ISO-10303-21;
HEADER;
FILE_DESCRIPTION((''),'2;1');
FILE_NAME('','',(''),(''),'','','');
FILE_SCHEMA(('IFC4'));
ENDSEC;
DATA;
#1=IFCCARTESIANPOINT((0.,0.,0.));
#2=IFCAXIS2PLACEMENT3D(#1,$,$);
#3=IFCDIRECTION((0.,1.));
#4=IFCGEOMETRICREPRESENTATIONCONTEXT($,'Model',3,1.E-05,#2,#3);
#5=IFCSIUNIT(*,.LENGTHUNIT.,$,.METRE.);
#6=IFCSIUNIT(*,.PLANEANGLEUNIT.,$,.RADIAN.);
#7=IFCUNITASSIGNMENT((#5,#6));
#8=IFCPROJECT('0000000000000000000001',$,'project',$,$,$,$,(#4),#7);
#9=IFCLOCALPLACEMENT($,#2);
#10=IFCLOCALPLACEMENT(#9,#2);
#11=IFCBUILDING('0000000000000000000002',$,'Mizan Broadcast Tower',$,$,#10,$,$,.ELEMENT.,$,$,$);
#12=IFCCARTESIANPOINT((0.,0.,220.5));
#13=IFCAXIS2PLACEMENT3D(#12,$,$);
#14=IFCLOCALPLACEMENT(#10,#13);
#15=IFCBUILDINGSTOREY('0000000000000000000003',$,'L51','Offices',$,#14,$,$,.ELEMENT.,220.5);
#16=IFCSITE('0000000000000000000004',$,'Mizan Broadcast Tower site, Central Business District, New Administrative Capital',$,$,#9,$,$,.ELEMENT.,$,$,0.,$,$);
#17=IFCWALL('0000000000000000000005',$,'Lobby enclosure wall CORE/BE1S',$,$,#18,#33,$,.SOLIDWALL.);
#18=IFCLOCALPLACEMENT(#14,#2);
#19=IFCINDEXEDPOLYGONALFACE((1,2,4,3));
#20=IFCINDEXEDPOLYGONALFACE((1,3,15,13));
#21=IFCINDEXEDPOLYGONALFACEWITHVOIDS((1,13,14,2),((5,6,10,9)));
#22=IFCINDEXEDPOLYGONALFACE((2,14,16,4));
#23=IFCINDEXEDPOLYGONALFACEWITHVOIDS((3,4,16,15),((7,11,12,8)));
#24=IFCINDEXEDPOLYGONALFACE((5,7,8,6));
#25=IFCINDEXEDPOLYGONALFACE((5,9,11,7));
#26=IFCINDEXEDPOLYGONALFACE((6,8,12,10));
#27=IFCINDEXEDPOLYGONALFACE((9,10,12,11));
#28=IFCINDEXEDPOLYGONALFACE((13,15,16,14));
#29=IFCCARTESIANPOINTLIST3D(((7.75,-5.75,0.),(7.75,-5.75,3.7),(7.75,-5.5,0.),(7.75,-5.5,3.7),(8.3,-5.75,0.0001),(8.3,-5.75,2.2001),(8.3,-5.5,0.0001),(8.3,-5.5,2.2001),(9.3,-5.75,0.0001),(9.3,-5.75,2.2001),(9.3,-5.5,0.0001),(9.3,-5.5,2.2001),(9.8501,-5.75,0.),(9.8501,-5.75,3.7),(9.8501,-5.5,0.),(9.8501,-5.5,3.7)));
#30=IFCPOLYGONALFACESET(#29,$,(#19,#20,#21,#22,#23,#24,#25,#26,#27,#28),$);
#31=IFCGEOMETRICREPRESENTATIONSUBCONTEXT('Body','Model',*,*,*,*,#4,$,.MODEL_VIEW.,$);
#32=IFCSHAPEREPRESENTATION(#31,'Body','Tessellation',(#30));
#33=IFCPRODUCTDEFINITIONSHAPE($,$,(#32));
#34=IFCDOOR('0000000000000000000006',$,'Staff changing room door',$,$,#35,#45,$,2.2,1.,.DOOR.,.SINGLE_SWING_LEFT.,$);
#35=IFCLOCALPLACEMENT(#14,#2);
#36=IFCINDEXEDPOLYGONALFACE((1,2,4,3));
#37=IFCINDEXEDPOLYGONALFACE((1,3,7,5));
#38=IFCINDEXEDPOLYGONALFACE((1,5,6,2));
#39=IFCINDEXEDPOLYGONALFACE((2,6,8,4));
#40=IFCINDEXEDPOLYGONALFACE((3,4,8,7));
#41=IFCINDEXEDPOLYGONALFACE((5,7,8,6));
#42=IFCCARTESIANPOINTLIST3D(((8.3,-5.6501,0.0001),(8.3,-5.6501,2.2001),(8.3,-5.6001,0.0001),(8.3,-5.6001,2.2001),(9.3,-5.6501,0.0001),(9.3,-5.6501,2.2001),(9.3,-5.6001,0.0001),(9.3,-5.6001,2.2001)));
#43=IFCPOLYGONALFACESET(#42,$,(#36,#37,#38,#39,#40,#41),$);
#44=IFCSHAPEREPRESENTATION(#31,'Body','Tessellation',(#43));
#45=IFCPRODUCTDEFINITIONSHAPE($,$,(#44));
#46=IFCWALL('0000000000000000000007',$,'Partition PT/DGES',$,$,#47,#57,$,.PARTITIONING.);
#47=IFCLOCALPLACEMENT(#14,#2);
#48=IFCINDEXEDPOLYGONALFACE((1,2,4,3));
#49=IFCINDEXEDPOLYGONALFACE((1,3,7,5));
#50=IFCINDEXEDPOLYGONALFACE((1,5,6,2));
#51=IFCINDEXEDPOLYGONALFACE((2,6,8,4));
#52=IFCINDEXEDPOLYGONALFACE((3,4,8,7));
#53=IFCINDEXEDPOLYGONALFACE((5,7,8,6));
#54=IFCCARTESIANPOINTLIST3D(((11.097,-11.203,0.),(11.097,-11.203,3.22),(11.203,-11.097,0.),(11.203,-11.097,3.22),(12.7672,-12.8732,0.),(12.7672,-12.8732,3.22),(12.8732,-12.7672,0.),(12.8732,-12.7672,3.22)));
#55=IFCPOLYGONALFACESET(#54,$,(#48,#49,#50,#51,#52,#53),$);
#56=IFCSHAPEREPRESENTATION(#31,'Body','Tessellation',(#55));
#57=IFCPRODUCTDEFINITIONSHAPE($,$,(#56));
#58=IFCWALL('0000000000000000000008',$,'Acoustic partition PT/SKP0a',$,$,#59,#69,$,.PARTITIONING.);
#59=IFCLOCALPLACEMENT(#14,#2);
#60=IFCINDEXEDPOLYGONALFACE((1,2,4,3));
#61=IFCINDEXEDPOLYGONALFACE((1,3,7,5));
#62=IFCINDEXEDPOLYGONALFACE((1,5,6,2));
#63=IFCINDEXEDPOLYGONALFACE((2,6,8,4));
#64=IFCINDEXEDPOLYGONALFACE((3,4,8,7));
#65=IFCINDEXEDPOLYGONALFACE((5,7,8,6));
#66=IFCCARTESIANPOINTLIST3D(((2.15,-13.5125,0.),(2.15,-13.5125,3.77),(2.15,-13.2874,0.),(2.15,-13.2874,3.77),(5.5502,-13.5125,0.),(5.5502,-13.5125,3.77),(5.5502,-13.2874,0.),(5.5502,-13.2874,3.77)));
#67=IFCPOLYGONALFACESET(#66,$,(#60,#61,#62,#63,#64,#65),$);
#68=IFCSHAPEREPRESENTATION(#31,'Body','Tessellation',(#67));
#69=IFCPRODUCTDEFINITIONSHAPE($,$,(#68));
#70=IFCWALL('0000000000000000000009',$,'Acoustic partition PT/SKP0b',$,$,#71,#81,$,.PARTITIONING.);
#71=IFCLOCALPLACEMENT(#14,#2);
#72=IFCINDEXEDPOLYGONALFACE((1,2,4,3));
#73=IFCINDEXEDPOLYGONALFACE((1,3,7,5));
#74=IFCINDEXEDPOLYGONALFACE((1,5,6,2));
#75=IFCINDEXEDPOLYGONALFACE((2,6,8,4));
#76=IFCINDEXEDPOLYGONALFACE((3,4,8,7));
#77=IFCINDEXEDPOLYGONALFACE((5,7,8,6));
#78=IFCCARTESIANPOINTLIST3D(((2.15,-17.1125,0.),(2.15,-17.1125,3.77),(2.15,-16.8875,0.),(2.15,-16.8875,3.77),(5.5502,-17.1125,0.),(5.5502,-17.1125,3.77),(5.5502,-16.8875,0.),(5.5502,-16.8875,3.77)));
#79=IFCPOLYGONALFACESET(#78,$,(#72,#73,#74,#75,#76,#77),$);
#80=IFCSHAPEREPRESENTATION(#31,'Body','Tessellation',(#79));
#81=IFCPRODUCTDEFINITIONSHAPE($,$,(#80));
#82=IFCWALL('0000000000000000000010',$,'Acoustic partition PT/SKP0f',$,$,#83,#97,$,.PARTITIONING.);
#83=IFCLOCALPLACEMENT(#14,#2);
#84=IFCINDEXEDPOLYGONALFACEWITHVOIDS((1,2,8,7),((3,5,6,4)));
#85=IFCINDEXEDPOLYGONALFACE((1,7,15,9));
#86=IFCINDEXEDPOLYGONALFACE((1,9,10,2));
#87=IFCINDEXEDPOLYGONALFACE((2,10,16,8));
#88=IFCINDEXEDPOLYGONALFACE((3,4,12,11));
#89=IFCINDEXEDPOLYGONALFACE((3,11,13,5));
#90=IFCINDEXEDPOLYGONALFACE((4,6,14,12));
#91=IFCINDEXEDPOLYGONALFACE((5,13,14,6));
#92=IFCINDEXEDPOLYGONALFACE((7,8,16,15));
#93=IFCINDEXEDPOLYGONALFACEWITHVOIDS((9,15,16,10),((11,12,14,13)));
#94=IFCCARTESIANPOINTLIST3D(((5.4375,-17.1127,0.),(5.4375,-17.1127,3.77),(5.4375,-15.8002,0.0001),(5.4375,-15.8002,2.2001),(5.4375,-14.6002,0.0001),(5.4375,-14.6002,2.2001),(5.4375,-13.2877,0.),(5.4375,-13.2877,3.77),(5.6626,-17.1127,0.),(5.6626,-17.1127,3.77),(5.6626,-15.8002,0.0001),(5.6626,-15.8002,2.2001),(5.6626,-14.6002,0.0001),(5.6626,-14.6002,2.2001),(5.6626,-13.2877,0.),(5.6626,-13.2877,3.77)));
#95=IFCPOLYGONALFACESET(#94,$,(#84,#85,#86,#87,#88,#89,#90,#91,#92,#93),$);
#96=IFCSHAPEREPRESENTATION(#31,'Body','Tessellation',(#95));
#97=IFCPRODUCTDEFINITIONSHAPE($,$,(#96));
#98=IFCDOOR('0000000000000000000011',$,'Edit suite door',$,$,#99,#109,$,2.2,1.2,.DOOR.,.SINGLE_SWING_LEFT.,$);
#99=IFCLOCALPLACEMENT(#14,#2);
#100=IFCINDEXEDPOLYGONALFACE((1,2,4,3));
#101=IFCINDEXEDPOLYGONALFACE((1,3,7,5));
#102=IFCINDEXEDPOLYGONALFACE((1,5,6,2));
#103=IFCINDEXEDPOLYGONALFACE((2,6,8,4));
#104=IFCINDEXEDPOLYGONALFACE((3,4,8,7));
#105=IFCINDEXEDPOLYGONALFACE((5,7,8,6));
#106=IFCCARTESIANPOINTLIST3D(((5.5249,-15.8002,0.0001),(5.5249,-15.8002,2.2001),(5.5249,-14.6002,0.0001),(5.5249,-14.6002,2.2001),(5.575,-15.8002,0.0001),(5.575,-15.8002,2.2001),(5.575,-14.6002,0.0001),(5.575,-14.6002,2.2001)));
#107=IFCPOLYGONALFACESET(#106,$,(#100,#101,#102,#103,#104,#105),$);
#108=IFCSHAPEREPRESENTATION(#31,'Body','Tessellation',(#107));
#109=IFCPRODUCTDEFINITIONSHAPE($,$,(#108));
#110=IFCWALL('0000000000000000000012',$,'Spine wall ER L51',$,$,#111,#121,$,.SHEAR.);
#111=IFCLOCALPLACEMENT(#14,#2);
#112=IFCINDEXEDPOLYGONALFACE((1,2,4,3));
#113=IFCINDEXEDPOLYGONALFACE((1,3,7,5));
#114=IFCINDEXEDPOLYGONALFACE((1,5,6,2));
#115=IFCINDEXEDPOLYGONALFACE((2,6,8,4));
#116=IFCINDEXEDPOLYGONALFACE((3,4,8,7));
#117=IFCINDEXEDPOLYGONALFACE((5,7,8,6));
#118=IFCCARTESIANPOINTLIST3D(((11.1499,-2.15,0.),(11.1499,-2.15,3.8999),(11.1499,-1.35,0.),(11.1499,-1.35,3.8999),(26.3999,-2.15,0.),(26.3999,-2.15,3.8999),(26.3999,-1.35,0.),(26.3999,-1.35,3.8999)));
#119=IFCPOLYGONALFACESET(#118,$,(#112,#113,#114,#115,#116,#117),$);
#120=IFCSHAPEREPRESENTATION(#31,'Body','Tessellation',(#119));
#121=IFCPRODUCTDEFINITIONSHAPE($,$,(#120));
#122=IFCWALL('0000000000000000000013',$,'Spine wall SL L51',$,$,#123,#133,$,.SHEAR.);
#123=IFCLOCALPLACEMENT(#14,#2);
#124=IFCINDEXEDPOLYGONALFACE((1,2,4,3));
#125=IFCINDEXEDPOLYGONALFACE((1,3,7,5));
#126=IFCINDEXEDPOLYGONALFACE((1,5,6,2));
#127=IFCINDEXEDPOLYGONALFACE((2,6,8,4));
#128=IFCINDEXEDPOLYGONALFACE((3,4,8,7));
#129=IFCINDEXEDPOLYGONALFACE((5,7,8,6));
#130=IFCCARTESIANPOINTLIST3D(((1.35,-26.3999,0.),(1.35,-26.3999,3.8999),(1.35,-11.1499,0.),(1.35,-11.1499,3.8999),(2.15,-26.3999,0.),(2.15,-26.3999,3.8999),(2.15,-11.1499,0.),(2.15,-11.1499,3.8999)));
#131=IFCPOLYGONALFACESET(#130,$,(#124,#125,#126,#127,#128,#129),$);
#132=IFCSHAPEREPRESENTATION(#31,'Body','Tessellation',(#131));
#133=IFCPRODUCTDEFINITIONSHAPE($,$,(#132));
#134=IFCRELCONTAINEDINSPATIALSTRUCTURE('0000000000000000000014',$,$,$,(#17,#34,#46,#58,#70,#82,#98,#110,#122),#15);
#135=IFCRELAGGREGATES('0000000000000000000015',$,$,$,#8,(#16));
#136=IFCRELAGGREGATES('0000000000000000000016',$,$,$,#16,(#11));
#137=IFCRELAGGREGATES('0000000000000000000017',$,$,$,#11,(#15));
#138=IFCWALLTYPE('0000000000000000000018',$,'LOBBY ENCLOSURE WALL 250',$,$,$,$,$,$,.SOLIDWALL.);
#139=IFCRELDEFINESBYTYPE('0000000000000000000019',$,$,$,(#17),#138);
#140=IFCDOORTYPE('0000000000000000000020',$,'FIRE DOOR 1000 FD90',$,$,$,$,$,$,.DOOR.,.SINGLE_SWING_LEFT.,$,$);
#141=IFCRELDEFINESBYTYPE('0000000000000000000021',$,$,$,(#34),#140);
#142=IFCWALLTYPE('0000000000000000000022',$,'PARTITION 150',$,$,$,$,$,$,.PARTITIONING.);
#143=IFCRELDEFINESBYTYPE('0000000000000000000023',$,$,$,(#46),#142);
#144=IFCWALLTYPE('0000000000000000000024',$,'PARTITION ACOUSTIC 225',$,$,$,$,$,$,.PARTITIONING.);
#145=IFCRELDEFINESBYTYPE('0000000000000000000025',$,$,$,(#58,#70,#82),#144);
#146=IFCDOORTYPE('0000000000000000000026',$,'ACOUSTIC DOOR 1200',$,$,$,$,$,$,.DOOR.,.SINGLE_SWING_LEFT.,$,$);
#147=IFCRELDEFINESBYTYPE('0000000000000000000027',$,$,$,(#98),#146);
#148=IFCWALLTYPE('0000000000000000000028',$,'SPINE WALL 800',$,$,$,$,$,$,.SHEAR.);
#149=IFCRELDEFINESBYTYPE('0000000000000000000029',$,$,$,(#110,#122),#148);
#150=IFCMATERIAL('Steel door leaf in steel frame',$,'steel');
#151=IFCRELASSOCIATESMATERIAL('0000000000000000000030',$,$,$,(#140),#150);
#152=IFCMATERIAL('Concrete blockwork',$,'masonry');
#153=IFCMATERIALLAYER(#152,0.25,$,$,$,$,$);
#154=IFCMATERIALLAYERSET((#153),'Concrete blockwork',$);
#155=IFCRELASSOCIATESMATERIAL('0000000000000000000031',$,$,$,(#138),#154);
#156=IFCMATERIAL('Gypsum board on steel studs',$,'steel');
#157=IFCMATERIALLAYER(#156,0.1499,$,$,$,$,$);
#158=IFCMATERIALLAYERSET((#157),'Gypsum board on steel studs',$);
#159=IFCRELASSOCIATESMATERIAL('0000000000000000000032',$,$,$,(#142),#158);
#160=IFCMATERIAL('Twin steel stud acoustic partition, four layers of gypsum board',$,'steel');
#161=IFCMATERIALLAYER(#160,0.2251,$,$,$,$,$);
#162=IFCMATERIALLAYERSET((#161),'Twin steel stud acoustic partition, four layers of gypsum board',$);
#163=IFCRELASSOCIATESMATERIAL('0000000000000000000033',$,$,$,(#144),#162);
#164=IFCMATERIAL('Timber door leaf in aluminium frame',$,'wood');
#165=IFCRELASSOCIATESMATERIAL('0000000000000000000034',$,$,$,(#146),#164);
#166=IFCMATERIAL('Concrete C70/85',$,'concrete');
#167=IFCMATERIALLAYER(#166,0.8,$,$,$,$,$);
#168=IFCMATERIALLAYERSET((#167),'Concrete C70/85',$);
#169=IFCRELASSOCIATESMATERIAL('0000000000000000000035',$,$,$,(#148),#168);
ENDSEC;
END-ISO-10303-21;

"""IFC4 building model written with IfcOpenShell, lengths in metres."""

from ifc_helpers import new_model, si_unit, direction, frame, frame_2d, origin, place, context, subcontext, project, spatial, rectangle, extrude, material, layer, layer_set, type_object, element, fill, save


model = new_model("IFC4")

# Units and contexts
model_context = context("Model", 3, precision=1e-05, world=origin(), true_north=direction((0.0, 1.0)))
body_context = subcontext(model_context, "Body", "Model", "MODEL_VIEW")
ifc_project = project(units=[si_unit("LENGTHUNIT", "METRE"), si_unit("PLANEANGLEUNIT", "RADIAN")], contexts=[model_context])

# Site, building, storey
site_placement = place(None, origin())
site = spatial("IfcSite", under=ifc_project, at=site_placement, Name="Mizan Broadcast Tower site, Central Business District, New Administrative Capital", CompositionType="ELEMENT", RefElevation=0.0)
building_placement = place(site_placement, origin())
building = spatial("IfcBuilding", under=site, at=building_placement, Name="Mizan Broadcast Tower", CompositionType="ELEMENT")
storey_placement = place(building_placement, frame((0.0, 0.0, 220.5)))
storey = spatial("IfcBuildingStorey", under=building, at=storey_placement, Name="L51", Description="Offices", CompositionType="ELEMENT", Elevation=220.5)

# Shared definitions
ifc_material_1 = material(Name="Steel door leaf in steel frame", Category="steel")
door_type_1 = type_object("IfcDoorType", Name="FIRE DOOR 1000 FD90", OperationType="SINGLE_SWING_LEFT", PredefinedType="DOOR", material=ifc_material_1)

# Shared definitions
ifc_material_2 = material(Name="Concrete blockwork", Category="masonry")
ifc_layer_1 = layer(ifc_material_2, 0.25)
ifc_layer_set_1 = layer_set([ifc_layer_1], Name="Concrete blockwork")
wall_type_1 = type_object("IfcWallType", Name="LOBBY ENCLOSURE WALL 250", PredefinedType="SOLIDWALL", material=ifc_layer_set_1)

# Wall, opening, door
wall_1_placement = place(storey_placement, frame((7.75, -5.625, 0.0), z_axis=(0.0, 0.0, 1.0), x_axis=(1.0, 0.0, 0.0)))
wall_1 = element("IfcWall", 1, at=wall_1_placement, inside=storey, type_object=wall_type_1, Name="Lobby enclosure wall CORE/BE1S", PredefinedType="SOLIDWALL", context=body_context, shape_type="SweptSolid", body=[
    extrude(rectangle(XDim=2.1001, YDim=0.25, at=frame_2d((1.05, 0.0))), origin(), (0.0, 0.0, 1.0), 3.7),
])
opening_1_placement = place(wall_1_placement, frame((0.55, 0.0, 0.0)))
opening_1 = element("IfcOpeningElement", 2, at=opening_1_placement, cuts=wall_1, PredefinedType="OPENING", context=body_context, shape_type="SweptSolid", body=[
    extrude(rectangle(XDim=1.0, YDim=2.2, at=frame_2d((0.5, 1.1001))), frame((0.0, 0.135, 0.0), z_axis=(0.0, -1.0, 0.0), x_axis=(1.0, 0.0, 0.0)), (0.0, 0.0, 1.0), 0.27),
])
door_1_placement = place(opening_1_placement, origin())
door_1 = element("IfcDoor", 3, at=door_1_placement, inside=storey, type_object=door_type_1, Name="Staff changing room door", OperationType="SINGLE_SWING_LEFT", OverallHeight=2.2, OverallWidth=1.0, PredefinedType="DOOR", context=body_context, shape_type="SweptSolid", body=[
    extrude(rectangle(XDim=1.0, YDim=2.2, at=frame_2d((0.5, 1.1001))), frame((0.0, 0.0249, 0.0), z_axis=(0.0, -1.0, 0.0), x_axis=(1.0, 0.0, 0.0)), (0.0, 0.0, 1.0), 0.05),
])
fill(opening_1, door_1)

# Walls
ifc_material_3 = material(Name="Gypsum board on steel studs", Category="steel")
ifc_layer_2 = layer(ifc_material_3, 0.1499)
ifc_layer_set_2 = layer_set([ifc_layer_2], Name="Gypsum board on steel studs")
wall_type_2 = type_object("IfcWallType", Name="PARTITION 150", PredefinedType="PARTITIONING", material=ifc_layer_set_2)
wall_2_placement = place(storey_placement, frame((11.1499, -11.1499, 0.0), z_axis=(0.0, 0.0, 1.0), x_axis=(0.707107, -0.707107, 0.0)))
element("IfcWall", 4, at=wall_2_placement, inside=storey, type_object=wall_type_2, Name="Partition PT/DGES", PredefinedType="PARTITIONING", context=body_context, shape_type="SweptSolid", body=[
    extrude(rectangle(XDim=2.3621, YDim=0.1499, at=frame_2d((1.1812, 0.0))), origin(), (0.0, 0.0, 1.0), 3.22),
])
ifc_material_4 = material(Name="Twin steel stud acoustic partition, four layers of gypsum board", Category="steel")
ifc_layer_3 = layer(ifc_material_4, 0.2251)
ifc_layer_set_3 = layer_set([ifc_layer_3], Name="Twin steel stud acoustic partition, four layers of gypsum board")
wall_type_3 = type_object("IfcWallType", Name="PARTITION ACOUSTIC 225", PredefinedType="PARTITIONING", material=ifc_layer_set_3)
for number, where, z_axis, x_axis, name in (
    (5, (2.1499, -13.3999, 0.0), (0.0, 0.0, 1.0), (1.0, 0.0, 0.0), "Acoustic partition PT/SKP0a"),
    (6, (2.1499, -17.0, 0.0), (0.0, 0.0, 1.0), (1.0, 0.0, 0.0), "Acoustic partition PT/SKP0b"),
):
    element("IfcWall", number, at=place(storey_placement, frame(where, z_axis=z_axis, x_axis=x_axis)), inside=storey, type_object=wall_type_3, Name=name, PredefinedType="PARTITIONING", context=body_context, shape_type="SweptSolid", body=[
        extrude(rectangle(XDim=3.4001, YDim=0.2251, at=frame_2d((1.7002, 0.0))), origin(), (0.0, 0.0, 1.0), 3.77),
    ])

# Wall, opening, door
wall_3_placement = place(storey_placement, frame((5.55, -13.2876, 0.0), z_axis=(0.0, 0.0, 1.0), x_axis=(0.0, -1.0, 0.0)))
wall_3 = element("IfcWall", 7, at=wall_3_placement, inside=storey, type_object=wall_type_3, Name="Acoustic partition PT/SKP0f", PredefinedType="PARTITIONING", context=body_context, shape_type="SweptSolid", body=[
    extrude(rectangle(XDim=3.825, YDim=0.2251, at=frame_2d((1.9126, 0.0))), origin(), (0.0, 0.0, 1.0), 3.77),
])
opening_2_placement = place(wall_3_placement, frame((1.3125, 0.0, 0.0)))
opening_2 = element("IfcOpeningElement", 8, at=opening_2_placement, cuts=wall_3, PredefinedType="OPENING", context=body_context, shape_type="SweptSolid", body=[
    extrude(rectangle(XDim=1.2, YDim=2.2, at=frame_2d((0.6001, 1.1001))), frame((0.0, 0.1226, 0.0), z_axis=(0.0, -1.0, 0.0), x_axis=(1.0, 0.0, 0.0)), (0.0, 0.0, 1.0), 0.2451),
])
ifc_material_5 = material(Name="Timber door leaf in aluminium frame", Category="wood")
door_type_2 = type_object("IfcDoorType", Name="ACOUSTIC DOOR 1200", OperationType="SINGLE_SWING_LEFT", PredefinedType="DOOR", material=ifc_material_5)
door_2_placement = place(opening_2_placement, origin())
door_2 = element("IfcDoor", 9, at=door_2_placement, inside=storey, type_object=door_type_2, Name="Edit suite door", OperationType="SINGLE_SWING_LEFT", OverallHeight=2.2, OverallWidth=1.2, PredefinedType="DOOR", context=body_context, shape_type="SweptSolid", body=[
    extrude(rectangle(XDim=1.2, YDim=2.2, at=frame_2d((0.6001, 1.1001))), frame((0.0, 0.0249, 0.0), z_axis=(0.0, -1.0, 0.0), x_axis=(1.0, 0.0, 0.0)), (0.0, 0.0, 1.0), 0.05),
])
fill(opening_2, door_2)

# Walls
ifc_material_6 = material(Name="Concrete C70/85", Category="concrete")
ifc_layer_4 = layer(ifc_material_6, 0.8)
ifc_layer_set_4 = layer_set([ifc_layer_4], Name="Concrete C70/85")
wall_type_4 = type_object("IfcWallType", Name="SPINE WALL 800", PredefinedType="SHEAR", material=ifc_layer_set_4)
for number, where, z_axis, x_axis, name in (
    (10, (11.1499, -1.75, 0.0), (0.0, 0.0, 1.0), (1.0, 0.0, 0.0), "Spine wall ER L51"),
    (11, (1.75, -11.1499, 0.0), (0.0, 0.0, 1.0), (0.0, -1.0, 0.0), "Spine wall SL L51"),
):
    element("IfcWall", number, at=place(storey_placement, frame(where, z_axis=z_axis, x_axis=x_axis)), inside=storey, type_object=wall_type_4, Name=name, PredefinedType="SHEAR", context=body_context, shape_type="SweptSolid", body=[
        extrude(rectangle(XDim=15.25, YDim=0.8, at=frame_2d((7.625, 0.0))), origin(), (0.0, 0.0, 1.0), 3.8999),
    ])

save(model, "model.ifc")
